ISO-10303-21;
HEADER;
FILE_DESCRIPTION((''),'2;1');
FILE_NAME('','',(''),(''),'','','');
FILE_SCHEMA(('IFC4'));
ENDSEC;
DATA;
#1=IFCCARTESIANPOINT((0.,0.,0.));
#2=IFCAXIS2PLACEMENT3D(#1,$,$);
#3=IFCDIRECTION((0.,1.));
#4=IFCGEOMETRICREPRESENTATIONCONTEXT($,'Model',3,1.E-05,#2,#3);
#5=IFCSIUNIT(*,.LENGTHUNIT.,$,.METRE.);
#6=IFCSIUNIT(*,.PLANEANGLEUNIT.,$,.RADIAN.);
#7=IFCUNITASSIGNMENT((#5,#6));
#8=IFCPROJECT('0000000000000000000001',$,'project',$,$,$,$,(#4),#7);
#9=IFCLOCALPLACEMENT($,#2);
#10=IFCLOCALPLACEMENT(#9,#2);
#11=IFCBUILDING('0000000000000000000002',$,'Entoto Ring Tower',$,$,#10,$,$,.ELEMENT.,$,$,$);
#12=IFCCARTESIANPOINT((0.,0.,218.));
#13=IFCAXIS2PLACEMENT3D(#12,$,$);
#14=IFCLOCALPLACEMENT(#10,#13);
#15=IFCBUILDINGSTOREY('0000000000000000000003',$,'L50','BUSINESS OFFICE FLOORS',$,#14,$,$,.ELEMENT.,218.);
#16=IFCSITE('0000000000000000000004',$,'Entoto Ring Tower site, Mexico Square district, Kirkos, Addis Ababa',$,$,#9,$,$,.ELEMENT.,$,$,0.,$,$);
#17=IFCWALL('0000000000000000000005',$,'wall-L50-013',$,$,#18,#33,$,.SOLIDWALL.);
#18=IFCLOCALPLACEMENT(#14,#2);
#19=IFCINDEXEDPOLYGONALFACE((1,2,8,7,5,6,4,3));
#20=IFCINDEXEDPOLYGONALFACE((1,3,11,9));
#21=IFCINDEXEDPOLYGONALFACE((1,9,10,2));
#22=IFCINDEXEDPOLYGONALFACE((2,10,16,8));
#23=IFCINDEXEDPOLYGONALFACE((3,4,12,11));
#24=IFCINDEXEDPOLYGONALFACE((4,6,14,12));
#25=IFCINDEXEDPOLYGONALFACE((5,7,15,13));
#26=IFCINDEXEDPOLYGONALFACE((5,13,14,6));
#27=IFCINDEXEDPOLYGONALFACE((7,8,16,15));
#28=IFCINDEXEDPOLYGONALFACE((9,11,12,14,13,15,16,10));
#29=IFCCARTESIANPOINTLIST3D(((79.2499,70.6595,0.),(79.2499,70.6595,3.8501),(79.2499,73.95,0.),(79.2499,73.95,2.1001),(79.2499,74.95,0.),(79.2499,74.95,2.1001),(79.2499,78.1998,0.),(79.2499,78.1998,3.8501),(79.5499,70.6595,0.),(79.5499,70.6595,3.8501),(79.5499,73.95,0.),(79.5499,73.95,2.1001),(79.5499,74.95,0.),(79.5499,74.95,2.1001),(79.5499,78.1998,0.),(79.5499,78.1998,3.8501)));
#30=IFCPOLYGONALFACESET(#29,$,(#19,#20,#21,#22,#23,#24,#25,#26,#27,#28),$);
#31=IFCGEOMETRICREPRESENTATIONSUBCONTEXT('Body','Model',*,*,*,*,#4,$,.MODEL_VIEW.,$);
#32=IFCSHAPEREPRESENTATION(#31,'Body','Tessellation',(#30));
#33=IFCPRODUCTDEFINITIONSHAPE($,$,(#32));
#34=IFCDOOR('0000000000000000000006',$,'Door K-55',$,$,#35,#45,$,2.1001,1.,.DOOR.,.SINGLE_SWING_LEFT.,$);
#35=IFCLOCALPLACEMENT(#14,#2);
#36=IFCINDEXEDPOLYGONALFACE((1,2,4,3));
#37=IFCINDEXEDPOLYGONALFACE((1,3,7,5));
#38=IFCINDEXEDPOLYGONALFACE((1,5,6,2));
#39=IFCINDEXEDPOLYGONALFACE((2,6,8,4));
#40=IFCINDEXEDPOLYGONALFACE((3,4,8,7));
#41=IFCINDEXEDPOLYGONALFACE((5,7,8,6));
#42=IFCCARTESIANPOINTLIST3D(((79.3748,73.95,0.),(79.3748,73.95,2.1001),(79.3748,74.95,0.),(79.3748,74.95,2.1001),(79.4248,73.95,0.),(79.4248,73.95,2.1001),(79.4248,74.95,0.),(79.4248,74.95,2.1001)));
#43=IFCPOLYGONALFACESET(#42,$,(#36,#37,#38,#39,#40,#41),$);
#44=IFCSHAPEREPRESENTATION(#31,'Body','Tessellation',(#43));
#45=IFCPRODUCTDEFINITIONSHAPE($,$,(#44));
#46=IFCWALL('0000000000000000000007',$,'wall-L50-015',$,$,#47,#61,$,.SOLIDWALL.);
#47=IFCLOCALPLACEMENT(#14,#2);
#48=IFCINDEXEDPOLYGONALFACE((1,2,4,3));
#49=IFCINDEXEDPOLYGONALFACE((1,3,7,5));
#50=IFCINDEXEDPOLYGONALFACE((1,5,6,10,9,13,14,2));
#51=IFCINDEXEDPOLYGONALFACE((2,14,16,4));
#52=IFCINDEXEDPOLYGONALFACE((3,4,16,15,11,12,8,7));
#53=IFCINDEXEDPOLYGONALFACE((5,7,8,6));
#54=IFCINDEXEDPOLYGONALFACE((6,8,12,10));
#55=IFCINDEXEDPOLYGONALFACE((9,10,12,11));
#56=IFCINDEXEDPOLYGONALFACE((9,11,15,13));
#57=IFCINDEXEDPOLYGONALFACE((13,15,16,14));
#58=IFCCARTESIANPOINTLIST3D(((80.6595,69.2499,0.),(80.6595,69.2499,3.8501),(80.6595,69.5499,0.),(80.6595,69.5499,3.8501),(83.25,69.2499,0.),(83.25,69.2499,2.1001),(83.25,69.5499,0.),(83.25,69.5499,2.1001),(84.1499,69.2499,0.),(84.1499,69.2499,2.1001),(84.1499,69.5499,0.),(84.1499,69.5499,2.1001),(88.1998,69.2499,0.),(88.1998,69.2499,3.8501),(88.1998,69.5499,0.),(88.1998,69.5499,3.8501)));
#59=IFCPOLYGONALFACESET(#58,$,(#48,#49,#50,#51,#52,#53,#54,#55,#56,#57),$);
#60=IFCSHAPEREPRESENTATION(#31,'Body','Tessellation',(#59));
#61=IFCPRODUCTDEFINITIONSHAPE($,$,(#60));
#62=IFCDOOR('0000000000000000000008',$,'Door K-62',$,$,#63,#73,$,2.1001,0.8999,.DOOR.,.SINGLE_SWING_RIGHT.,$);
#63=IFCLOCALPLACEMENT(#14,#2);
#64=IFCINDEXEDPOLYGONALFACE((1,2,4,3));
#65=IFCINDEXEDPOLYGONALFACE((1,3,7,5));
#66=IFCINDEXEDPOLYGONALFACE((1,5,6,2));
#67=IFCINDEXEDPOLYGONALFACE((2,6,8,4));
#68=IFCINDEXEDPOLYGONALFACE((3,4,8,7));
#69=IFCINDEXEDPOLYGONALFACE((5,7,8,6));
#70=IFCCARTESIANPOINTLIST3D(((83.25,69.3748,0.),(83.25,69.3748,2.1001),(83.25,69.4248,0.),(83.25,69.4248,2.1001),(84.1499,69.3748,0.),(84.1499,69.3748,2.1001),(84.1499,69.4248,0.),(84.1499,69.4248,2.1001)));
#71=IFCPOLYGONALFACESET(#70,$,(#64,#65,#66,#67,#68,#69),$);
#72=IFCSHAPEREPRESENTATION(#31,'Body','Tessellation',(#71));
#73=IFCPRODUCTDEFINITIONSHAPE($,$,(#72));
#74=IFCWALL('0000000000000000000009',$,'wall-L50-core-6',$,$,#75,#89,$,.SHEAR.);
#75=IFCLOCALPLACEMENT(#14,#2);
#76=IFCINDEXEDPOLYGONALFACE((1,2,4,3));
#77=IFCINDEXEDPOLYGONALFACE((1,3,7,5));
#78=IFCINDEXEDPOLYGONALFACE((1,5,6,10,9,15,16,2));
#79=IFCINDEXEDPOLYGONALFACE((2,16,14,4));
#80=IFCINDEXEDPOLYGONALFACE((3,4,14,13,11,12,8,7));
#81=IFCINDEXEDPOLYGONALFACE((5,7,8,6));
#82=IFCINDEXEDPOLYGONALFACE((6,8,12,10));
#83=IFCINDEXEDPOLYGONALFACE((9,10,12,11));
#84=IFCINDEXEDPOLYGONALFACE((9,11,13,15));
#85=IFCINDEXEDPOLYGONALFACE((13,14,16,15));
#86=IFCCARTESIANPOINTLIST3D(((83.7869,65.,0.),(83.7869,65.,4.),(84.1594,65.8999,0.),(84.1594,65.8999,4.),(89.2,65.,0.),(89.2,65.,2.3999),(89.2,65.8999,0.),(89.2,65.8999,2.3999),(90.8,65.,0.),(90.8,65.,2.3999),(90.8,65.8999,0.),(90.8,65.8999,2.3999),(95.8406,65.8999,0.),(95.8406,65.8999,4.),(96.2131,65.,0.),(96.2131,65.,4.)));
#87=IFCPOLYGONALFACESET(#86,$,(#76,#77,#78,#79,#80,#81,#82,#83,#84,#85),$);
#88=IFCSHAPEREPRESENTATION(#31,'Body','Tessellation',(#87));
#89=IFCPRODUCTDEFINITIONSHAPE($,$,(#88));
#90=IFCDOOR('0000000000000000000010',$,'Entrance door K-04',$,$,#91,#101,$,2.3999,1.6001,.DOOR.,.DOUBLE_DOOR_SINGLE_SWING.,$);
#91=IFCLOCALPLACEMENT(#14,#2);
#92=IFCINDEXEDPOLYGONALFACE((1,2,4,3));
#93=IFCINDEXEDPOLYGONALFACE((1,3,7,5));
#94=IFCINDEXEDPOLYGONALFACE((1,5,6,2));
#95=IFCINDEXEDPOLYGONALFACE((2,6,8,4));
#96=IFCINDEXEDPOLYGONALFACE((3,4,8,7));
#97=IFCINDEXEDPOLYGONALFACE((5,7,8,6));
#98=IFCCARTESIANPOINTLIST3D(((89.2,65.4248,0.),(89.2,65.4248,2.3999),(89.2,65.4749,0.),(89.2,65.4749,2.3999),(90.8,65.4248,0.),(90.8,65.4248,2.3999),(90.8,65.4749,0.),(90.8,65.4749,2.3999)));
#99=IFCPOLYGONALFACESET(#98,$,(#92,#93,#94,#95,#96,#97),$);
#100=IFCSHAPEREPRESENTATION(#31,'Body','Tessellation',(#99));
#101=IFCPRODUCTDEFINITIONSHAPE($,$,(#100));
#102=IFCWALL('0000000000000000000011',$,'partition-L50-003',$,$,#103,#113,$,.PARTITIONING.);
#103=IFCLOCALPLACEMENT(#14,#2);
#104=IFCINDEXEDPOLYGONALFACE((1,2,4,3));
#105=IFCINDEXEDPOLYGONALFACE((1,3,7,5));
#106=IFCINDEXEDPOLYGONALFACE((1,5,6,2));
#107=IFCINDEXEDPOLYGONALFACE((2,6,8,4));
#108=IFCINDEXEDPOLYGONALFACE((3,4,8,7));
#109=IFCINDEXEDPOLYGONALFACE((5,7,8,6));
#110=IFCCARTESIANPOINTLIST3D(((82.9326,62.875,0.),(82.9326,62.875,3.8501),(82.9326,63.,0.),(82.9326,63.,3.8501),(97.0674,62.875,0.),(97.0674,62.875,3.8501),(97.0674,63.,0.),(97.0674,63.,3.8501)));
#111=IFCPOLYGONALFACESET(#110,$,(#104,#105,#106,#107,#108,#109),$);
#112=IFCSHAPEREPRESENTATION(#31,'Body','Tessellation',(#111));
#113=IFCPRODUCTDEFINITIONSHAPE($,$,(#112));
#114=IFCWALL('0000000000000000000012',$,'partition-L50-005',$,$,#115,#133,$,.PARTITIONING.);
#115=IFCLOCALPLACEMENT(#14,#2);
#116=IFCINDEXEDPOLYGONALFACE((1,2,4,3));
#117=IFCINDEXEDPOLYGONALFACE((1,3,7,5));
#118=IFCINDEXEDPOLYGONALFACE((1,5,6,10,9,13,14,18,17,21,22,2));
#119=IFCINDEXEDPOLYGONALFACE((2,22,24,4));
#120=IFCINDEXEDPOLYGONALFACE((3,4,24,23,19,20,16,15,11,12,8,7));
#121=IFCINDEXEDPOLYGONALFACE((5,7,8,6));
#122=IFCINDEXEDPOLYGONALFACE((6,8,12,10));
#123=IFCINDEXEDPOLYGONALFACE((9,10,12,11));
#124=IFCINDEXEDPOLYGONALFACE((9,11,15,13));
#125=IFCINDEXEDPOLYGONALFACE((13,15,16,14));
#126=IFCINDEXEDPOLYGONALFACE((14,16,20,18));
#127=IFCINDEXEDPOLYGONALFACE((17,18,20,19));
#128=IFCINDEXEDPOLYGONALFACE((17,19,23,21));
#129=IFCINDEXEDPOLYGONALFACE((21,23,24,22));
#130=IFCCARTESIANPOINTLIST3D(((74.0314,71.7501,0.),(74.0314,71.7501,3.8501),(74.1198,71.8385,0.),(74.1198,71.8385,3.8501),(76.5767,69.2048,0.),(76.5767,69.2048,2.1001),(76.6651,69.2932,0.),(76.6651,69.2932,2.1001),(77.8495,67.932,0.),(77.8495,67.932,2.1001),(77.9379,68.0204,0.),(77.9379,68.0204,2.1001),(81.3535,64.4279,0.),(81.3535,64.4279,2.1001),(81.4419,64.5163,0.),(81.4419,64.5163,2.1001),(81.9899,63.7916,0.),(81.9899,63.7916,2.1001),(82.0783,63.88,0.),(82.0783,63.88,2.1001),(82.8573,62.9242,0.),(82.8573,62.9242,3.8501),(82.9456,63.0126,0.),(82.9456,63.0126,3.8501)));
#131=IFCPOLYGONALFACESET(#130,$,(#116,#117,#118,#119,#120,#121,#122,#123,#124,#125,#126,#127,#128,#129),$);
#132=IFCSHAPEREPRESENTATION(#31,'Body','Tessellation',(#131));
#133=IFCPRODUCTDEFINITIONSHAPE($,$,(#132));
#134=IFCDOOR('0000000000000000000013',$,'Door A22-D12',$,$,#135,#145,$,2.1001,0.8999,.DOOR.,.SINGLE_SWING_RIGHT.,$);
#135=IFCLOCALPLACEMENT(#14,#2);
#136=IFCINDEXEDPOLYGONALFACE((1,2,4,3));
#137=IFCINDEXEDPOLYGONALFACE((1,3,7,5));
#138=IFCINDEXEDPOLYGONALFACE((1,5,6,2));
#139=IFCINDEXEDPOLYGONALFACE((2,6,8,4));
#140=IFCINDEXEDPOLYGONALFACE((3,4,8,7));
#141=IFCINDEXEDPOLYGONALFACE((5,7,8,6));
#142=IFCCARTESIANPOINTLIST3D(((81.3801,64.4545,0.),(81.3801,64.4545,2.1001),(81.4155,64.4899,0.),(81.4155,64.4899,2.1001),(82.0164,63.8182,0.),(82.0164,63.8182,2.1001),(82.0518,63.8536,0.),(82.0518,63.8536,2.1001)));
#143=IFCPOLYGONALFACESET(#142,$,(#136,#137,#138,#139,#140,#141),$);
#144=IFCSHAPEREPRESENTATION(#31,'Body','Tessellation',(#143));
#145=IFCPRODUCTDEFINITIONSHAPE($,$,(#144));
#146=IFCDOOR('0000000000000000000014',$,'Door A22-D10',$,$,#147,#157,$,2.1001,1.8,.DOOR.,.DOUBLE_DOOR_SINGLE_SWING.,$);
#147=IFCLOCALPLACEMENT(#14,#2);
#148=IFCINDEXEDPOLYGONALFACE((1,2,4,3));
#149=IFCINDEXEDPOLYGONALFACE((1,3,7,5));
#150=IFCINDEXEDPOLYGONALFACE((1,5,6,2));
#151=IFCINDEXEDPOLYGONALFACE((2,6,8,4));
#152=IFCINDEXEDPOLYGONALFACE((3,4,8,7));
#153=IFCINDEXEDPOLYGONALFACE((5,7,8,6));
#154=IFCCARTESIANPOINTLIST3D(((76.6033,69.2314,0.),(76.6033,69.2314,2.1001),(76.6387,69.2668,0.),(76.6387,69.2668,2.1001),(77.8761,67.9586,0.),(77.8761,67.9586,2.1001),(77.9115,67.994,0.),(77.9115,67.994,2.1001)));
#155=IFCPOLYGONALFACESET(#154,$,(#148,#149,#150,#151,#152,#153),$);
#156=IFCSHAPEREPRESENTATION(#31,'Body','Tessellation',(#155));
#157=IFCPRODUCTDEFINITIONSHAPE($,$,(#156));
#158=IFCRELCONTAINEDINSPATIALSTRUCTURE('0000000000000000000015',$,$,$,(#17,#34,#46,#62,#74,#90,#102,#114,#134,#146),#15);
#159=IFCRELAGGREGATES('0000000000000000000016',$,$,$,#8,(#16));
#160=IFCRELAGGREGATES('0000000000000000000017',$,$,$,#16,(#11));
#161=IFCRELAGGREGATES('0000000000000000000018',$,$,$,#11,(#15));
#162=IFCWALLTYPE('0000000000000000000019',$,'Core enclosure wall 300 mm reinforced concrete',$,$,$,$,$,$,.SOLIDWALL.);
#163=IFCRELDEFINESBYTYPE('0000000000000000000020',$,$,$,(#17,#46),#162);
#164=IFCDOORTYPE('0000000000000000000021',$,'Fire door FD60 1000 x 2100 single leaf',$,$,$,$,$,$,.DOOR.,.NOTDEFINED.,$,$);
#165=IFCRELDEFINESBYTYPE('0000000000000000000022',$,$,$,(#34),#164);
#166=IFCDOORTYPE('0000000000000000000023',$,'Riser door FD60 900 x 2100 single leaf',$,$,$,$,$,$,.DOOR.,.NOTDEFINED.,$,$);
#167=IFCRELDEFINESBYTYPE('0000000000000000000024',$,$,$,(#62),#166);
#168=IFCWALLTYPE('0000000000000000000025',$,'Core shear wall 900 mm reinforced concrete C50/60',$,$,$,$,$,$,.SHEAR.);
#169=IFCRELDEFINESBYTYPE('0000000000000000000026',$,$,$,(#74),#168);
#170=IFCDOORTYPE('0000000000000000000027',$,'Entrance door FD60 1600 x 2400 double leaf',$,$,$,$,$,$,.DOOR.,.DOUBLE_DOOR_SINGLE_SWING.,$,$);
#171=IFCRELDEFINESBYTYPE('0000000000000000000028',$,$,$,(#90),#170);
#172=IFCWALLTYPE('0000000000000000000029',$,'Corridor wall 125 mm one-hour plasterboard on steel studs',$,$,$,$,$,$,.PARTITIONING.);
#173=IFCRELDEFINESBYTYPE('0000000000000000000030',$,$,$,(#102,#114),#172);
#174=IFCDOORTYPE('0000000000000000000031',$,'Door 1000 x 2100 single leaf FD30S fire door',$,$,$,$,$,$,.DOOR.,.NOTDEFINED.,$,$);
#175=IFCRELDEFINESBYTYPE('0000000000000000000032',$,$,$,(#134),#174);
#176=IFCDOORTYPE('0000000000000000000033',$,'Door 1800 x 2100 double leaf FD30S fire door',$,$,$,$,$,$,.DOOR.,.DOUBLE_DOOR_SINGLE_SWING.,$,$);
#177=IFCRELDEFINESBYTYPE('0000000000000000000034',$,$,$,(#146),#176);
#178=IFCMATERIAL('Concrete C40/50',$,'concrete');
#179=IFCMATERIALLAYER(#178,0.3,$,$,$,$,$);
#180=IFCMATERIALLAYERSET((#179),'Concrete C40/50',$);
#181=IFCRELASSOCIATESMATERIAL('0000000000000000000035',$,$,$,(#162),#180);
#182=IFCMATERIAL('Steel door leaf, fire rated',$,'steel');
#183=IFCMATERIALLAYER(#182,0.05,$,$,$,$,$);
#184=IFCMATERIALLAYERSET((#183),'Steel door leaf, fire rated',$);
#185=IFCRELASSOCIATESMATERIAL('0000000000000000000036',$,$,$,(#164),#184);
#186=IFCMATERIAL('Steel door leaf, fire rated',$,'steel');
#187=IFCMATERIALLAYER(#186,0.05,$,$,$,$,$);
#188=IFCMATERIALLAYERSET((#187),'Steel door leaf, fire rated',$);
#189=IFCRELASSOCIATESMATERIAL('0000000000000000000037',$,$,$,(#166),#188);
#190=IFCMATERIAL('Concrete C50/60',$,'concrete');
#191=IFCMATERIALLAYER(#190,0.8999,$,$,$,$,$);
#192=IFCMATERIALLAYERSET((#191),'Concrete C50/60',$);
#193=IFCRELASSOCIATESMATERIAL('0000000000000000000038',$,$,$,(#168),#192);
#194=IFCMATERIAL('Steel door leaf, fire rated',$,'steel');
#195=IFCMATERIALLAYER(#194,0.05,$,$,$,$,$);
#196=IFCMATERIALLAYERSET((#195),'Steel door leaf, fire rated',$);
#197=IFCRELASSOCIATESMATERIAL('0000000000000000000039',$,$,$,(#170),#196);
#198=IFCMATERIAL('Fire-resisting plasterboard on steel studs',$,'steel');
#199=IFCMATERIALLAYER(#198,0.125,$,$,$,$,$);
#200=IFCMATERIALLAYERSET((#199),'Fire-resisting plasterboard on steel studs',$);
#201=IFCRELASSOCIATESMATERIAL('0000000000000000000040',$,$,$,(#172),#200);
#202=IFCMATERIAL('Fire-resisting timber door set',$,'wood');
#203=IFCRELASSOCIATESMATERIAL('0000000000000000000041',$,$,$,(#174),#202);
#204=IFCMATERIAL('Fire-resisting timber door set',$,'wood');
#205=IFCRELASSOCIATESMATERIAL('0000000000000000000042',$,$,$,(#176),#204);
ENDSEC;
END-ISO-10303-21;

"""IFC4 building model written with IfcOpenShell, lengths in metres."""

from ifc_helpers import new_model, si_unit, direction, frame, frame_2d, origin, place, context, subcontext, project, spatial, polyline, rectangle, outline, extrude, material, layer, layer_set, type_object, element, fill, save


model = new_model("IFC4")

# Units and contexts
model_context = context("Model", 3, precision=1e-05, world=origin(), true_north=direction((0.0, 1.0)))
body_context = subcontext(model_context, "Body", "Model", "MODEL_VIEW")
ifc_project = project(units=[si_unit("LENGTHUNIT", "METRE"), si_unit("PLANEANGLEUNIT", "RADIAN")], contexts=[model_context])

# Site, building, storey
site_placement = place(None, origin())
site = spatial("IfcSite", under=ifc_project, at=site_placement, Name="Entoto Ring Tower site, Mexico Square district, Kirkos, Addis Ababa", CompositionType="ELEMENT", RefElevation=0.0)
building_placement = place(site_placement, origin())
building = spatial("IfcBuilding", under=site, at=building_placement, Name="Entoto Ring Tower", CompositionType="ELEMENT")
storey_placement = place(building_placement, frame((0.0, 0.0, 218.0)))
storey = spatial("IfcBuildingStorey", under=building, at=storey_placement, Name="L50", Description="BUSINESS OFFICE FLOORS", CompositionType="ELEMENT", Elevation=218.0)

# Shared definitions
ifc_material_1 = material(Name="Concrete C40/50", Category="concrete")
ifc_layer_1 = layer(ifc_material_1, 0.3)
ifc_layer_set_1 = layer_set([ifc_layer_1], Name="Concrete C40/50")
wall_type_1 = type_object("IfcWallType", Name="Core enclosure wall 300 mm reinforced concrete", PredefinedType="SOLIDWALL", material=ifc_layer_set_1)

# Walls, openings, doors
wall_1_placement = place(storey_placement, frame((79.3999, 70.6597, 0.0), z_axis=(0.0, 0.0, 1.0), x_axis=(0.0, 1.0, 0.0)))
wall_1 = element("IfcWall", 1, at=wall_1_placement, inside=storey, type_object=wall_type_1, Name="wall-L50-013", PredefinedType="SOLIDWALL", context=body_context, shape_type="SweptSolid", body=[
    extrude(rectangle(XDim=7.5403, YDim=0.3, at=frame_2d((3.77, 0.0))), origin(), (0.0, 0.0, 1.0), 3.8501),
])
opening_1_placement = place(wall_1_placement, frame((3.2903, 0.0, 0.0)))
opening_1 = element("IfcOpeningElement", 2, at=opening_1_placement, cuts=wall_1, PredefinedType="OPENING", context=body_context, shape_type="SweptSolid", body=[
    extrude(rectangle(XDim=1.0, YDim=2.1001, at=frame_2d((0.5, 1.05))), frame((0.0, 0.1602, 0.0), z_axis=(0.0, -1.0, 0.0), x_axis=(1.0, 0.0, 0.0)), (0.0, 0.0, 1.0), 0.3201),
])
ifc_material_2 = material(Name="Steel door leaf, fire rated", Category="steel")
ifc_layer_2 = layer(ifc_material_2, 0.05)
ifc_layer_set_2 = layer_set([ifc_layer_2], Name="Steel door leaf, fire rated")
door_type_1 = type_object("IfcDoorType", Name="Fire door FD60 1000 x 2100 single leaf", OperationType="NOTDEFINED", PredefinedType="DOOR", material=ifc_layer_set_2)
door_1_placement = place(opening_1_placement, frame((1.0, 0.0, 0.0), z_axis=(0.0, 0.0, 1.0), x_axis=(-1.0, 0.0, 0.0)))
door_1 = element("IfcDoor", 3, at=door_1_placement, inside=storey, type_object=door_type_1, Name="Door K-55", OperationType="SINGLE_SWING_LEFT", OverallHeight=2.1001, OverallWidth=1.0, PredefinedType="DOOR", context=body_context, shape_type="SweptSolid", body=[
    extrude(rectangle(XDim=1.0, YDim=2.1001, at=frame_2d((0.5, 1.05))), frame((0.0, 0.0249, 0.0), z_axis=(0.0, -1.0, 0.0), x_axis=(1.0, 0.0, 0.0)), (0.0, 0.0, 1.0), 0.05),
])
fill(opening_1, door_1)
wall_2_placement = place(storey_placement, frame((80.6597, 69.3999, 0.0), z_axis=(0.0, 0.0, 1.0), x_axis=(1.0, 0.0, 0.0)))
wall_2 = element("IfcWall", 4, at=wall_2_placement, inside=storey, type_object=wall_type_1, Name="wall-L50-015", PredefinedType="SOLIDWALL", context=body_context, shape_type="SweptSolid", body=[
    extrude(rectangle(XDim=7.5403, YDim=0.3, at=frame_2d((3.77, 0.0))), origin(), (0.0, 0.0, 1.0), 3.8501),
])
opening_2_placement = place(wall_2_placement, frame((2.5903, 0.0, 0.0)))
opening_2 = element("IfcOpeningElement", 5, at=opening_2_placement, cuts=wall_2, PredefinedType="OPENING", context=body_context, shape_type="SweptSolid", body=[
    extrude(rectangle(XDim=0.8999, YDim=2.1001, at=frame_2d((0.45, 1.05))), frame((0.0, 0.1602, 0.0), z_axis=(0.0, -1.0, 0.0), x_axis=(1.0, 0.0, 0.0)), (0.0, 0.0, 1.0), 0.3201),
])
ifc_material_3 = material(Name="Steel door leaf, fire rated", Category="steel")
ifc_layer_3 = layer(ifc_material_3, 0.05)
ifc_layer_set_3 = layer_set([ifc_layer_3], Name="Steel door leaf, fire rated")
door_type_2 = type_object("IfcDoorType", Name="Riser door FD60 900 x 2100 single leaf", OperationType="NOTDEFINED", PredefinedType="DOOR", material=ifc_layer_set_3)
door_2_placement = place(opening_2_placement, origin())
door_2 = element("IfcDoor", 6, at=door_2_placement, inside=storey, type_object=door_type_2, Name="Door K-62", OperationType="SINGLE_SWING_RIGHT", OverallHeight=2.1001, OverallWidth=0.8999, PredefinedType="DOOR", context=body_context, shape_type="SweptSolid", body=[
    extrude(rectangle(XDim=0.8999, YDim=2.1001, at=frame_2d((0.45, 1.05))), frame((0.0, 0.0249, 0.0), z_axis=(0.0, -1.0, 0.0), x_axis=(1.0, 0.0, 0.0)), (0.0, 0.0, 1.0), 0.05),
])
fill(opening_2, door_2)
ifc_material_4 = material(Name="Concrete C50/60", Category="concrete")
ifc_layer_4 = layer(ifc_material_4, 0.8999)
ifc_layer_set_4 = layer_set([ifc_layer_4], Name="Concrete C50/60")
wall_type_2 = type_object("IfcWallType", Name="Core shear wall 900 mm reinforced concrete C50/60", PredefinedType="SHEAR", material=ifc_layer_set_4)
wall_3_placement = place(storey_placement, frame((83.9731, 65.45, 0.0), z_axis=(0.0, 0.0, 1.0), x_axis=(1.0, 0.0, 0.0)))
wall_3 = element("IfcWall", 7, at=wall_3_placement, inside=storey, type_object=wall_type_2, Name="wall-L50-core-6", PredefinedType="SHEAR", context=body_context, shape_type="SweptSolid", body=[
    extrude(outline(polyline([(-0.1863, -0.45), (12.24, -0.45), (11.8674, 0.45), (0.1863, 0.45), (-0.1863, -0.45)])), origin(), (0.0, 0.0, 1.0), 4.0),
])
opening_3_placement = place(wall_3_placement, frame((5.2268, 0.0, 0.0)))
opening_3 = element("IfcOpeningElement", 8, at=opening_3_placement, cuts=wall_3, PredefinedType="OPENING", context=body_context, shape_type="SweptSolid", body=[
    extrude(rectangle(XDim=1.6001, YDim=2.3999, at=frame_2d((0.8, 1.2))), frame((0.0, 0.46, 0.0), z_axis=(0.0, -1.0, 0.0), x_axis=(1.0, 0.0, 0.0)), (0.0, 0.0, 1.0), 0.9199),
])
ifc_material_5 = material(Name="Steel door leaf, fire rated", Category="steel")
ifc_layer_5 = layer(ifc_material_5, 0.05)
ifc_layer_set_5 = layer_set([ifc_layer_5], Name="Steel door leaf, fire rated")
door_type_3 = type_object("IfcDoorType", Name="Entrance door FD60 1600 x 2400 double leaf", OperationType="DOUBLE_DOOR_SINGLE_SWING", PredefinedType="DOOR", material=ifc_layer_set_5)
door_3_placement = place(opening_3_placement, origin())
door_3 = element("IfcDoor", 9, at=door_3_placement, inside=storey, type_object=door_type_3, Name="Entrance door K-04", OperationType="DOUBLE_DOOR_SINGLE_SWING", OverallHeight=2.3999, OverallWidth=1.6001, PredefinedType="DOOR", context=body_context, shape_type="SweptSolid", body=[
    extrude(rectangle(XDim=1.6001, YDim=2.3999, at=frame_2d((0.8, 1.2))), frame((0.0, 0.0249, 0.0), z_axis=(0.0, -1.0, 0.0), x_axis=(1.0, 0.0, 0.0)), (0.0, 0.0, 1.0), 0.05),
])
fill(opening_3, door_3)

# Wall
ifc_material_6 = material(Name="Fire-resisting plasterboard on steel studs", Category="steel")
ifc_layer_6 = layer(ifc_material_6, 0.125)
ifc_layer_set_6 = layer_set([ifc_layer_6], Name="Fire-resisting plasterboard on steel studs")
wall_type_3 = type_object("IfcWallType", Name="Corridor wall 125 mm one-hour plasterboard on steel studs", PredefinedType="PARTITIONING", material=ifc_layer_set_6)
wall_4_placement = place(storey_placement, frame((82.9326, 62.9375, 0.0), z_axis=(0.0, 0.0, 1.0), x_axis=(1.0, 0.0, 0.0)))
element("IfcWall", 10, at=wall_4_placement, inside=storey, type_object=wall_type_3, Name="partition-L50-003", PredefinedType="PARTITIONING", context=body_context, shape_type="SweptSolid", body=[
    extrude(rectangle(XDim=14.1348, YDim=0.125, at=frame_2d((7.0674, 0.0))), origin(), (0.0, 0.0, 1.0), 3.8501),
])

# Wall, openings, doors
wall_5_placement = place(storey_placement, frame((82.9014, 62.9685, 0.0), z_axis=(0.0, 0.0, 1.0), x_axis=(-0.707107, 0.707107, 0.0)))
wall_5 = element("IfcWall", 11, at=wall_5_placement, inside=storey, type_object=wall_type_3, Name="partition-L50-005", PredefinedType="PARTITIONING", context=body_context, shape_type="SweptSolid", body=[
    extrude(rectangle(XDim=12.4817, YDim=0.125, at=frame_2d((6.2407, 0.0))), origin(), (0.0, 0.0, 1.0), 3.8501),
])
opening_4_placement = place(wall_5_placement, frame((7.082, 0.0, 0.0)))
opening_4 = element("IfcOpeningElement", 12, at=opening_4_placement, cuts=wall_5, PredefinedType="OPENING", context=body_context, shape_type="SweptSolid", body=[
    extrude(rectangle(XDim=1.8, YDim=2.1001, at=frame_2d((0.8999, 1.05))), frame((0.0, 0.0725, 0.0), z_axis=(0.0, -1.0, 0.0), x_axis=(1.0, 0.0, 0.0)), (0.0, 0.0, 1.0), 0.145),
])
opening_5_placement = place(wall_5_placement, frame((1.2266, 0.0, 0.0)))
opening_5 = element("IfcOpeningElement", 13, at=opening_5_placement, cuts=wall_5, PredefinedType="OPENING", context=body_context, shape_type="SweptSolid", body=[
    extrude(rectangle(XDim=0.8999, YDim=2.1001, at=frame_2d((0.45, 1.05))), frame((0.0, 0.0725, 0.0), z_axis=(0.0, -1.0, 0.0), x_axis=(1.0, 0.0, 0.0)), (0.0, 0.0, 1.0), 0.145),
])
ifc_material_7 = material(Name="Fire-resisting timber door set", Category="wood")
door_type_4 = type_object("IfcDoorType", Name="Door 1000 x 2100 single leaf FD30S fire door", OperationType="NOTDEFINED", PredefinedType="DOOR", material=ifc_material_7)
door_4_placement = place(opening_5_placement, origin())
door_4 = element("IfcDoor", 14, at=door_4_placement, inside=storey, type_object=door_type_4, Name="Door A22-D12", OperationType="SINGLE_SWING_RIGHT", OverallHeight=2.1001, OverallWidth=0.8999, PredefinedType="DOOR", context=body_context, shape_type="SweptSolid", body=[
    extrude(rectangle(XDim=0.8999, YDim=2.1001, at=frame_2d((0.45, 1.05))), frame((0.0, 0.0249, 0.0), z_axis=(0.0, -1.0, 0.0), x_axis=(1.0, 0.0, 0.0)), (0.0, 0.0, 1.0), 0.05),
])
fill(opening_5, door_4)
ifc_material_8 = material(Name="Fire-resisting timber door set", Category="wood")
door_type_5 = type_object("IfcDoorType", Name="Door 1800 x 2100 double leaf FD30S fire door", OperationType="DOUBLE_DOOR_SINGLE_SWING", PredefinedType="DOOR", material=ifc_material_8)
door_5_placement = place(opening_4_placement, origin())
door_5 = element("IfcDoor", 15, at=door_5_placement, inside=storey, type_object=door_type_5, Name="Door A22-D10", OperationType="DOUBLE_DOOR_SINGLE_SWING", OverallHeight=2.1001, OverallWidth=1.8, PredefinedType="DOOR", context=body_context, shape_type="SweptSolid", body=[
    extrude(rectangle(XDim=1.8, YDim=2.1001, at=frame_2d((0.8999, 1.05))), frame((0.0, 0.0249, 0.0), z_axis=(0.0, -1.0, 0.0), x_axis=(1.0, 0.0, 0.0)), (0.0, 0.0, 1.0), 0.05),
])
fill(opening_4, door_5)

save(model, "model.ifc")
